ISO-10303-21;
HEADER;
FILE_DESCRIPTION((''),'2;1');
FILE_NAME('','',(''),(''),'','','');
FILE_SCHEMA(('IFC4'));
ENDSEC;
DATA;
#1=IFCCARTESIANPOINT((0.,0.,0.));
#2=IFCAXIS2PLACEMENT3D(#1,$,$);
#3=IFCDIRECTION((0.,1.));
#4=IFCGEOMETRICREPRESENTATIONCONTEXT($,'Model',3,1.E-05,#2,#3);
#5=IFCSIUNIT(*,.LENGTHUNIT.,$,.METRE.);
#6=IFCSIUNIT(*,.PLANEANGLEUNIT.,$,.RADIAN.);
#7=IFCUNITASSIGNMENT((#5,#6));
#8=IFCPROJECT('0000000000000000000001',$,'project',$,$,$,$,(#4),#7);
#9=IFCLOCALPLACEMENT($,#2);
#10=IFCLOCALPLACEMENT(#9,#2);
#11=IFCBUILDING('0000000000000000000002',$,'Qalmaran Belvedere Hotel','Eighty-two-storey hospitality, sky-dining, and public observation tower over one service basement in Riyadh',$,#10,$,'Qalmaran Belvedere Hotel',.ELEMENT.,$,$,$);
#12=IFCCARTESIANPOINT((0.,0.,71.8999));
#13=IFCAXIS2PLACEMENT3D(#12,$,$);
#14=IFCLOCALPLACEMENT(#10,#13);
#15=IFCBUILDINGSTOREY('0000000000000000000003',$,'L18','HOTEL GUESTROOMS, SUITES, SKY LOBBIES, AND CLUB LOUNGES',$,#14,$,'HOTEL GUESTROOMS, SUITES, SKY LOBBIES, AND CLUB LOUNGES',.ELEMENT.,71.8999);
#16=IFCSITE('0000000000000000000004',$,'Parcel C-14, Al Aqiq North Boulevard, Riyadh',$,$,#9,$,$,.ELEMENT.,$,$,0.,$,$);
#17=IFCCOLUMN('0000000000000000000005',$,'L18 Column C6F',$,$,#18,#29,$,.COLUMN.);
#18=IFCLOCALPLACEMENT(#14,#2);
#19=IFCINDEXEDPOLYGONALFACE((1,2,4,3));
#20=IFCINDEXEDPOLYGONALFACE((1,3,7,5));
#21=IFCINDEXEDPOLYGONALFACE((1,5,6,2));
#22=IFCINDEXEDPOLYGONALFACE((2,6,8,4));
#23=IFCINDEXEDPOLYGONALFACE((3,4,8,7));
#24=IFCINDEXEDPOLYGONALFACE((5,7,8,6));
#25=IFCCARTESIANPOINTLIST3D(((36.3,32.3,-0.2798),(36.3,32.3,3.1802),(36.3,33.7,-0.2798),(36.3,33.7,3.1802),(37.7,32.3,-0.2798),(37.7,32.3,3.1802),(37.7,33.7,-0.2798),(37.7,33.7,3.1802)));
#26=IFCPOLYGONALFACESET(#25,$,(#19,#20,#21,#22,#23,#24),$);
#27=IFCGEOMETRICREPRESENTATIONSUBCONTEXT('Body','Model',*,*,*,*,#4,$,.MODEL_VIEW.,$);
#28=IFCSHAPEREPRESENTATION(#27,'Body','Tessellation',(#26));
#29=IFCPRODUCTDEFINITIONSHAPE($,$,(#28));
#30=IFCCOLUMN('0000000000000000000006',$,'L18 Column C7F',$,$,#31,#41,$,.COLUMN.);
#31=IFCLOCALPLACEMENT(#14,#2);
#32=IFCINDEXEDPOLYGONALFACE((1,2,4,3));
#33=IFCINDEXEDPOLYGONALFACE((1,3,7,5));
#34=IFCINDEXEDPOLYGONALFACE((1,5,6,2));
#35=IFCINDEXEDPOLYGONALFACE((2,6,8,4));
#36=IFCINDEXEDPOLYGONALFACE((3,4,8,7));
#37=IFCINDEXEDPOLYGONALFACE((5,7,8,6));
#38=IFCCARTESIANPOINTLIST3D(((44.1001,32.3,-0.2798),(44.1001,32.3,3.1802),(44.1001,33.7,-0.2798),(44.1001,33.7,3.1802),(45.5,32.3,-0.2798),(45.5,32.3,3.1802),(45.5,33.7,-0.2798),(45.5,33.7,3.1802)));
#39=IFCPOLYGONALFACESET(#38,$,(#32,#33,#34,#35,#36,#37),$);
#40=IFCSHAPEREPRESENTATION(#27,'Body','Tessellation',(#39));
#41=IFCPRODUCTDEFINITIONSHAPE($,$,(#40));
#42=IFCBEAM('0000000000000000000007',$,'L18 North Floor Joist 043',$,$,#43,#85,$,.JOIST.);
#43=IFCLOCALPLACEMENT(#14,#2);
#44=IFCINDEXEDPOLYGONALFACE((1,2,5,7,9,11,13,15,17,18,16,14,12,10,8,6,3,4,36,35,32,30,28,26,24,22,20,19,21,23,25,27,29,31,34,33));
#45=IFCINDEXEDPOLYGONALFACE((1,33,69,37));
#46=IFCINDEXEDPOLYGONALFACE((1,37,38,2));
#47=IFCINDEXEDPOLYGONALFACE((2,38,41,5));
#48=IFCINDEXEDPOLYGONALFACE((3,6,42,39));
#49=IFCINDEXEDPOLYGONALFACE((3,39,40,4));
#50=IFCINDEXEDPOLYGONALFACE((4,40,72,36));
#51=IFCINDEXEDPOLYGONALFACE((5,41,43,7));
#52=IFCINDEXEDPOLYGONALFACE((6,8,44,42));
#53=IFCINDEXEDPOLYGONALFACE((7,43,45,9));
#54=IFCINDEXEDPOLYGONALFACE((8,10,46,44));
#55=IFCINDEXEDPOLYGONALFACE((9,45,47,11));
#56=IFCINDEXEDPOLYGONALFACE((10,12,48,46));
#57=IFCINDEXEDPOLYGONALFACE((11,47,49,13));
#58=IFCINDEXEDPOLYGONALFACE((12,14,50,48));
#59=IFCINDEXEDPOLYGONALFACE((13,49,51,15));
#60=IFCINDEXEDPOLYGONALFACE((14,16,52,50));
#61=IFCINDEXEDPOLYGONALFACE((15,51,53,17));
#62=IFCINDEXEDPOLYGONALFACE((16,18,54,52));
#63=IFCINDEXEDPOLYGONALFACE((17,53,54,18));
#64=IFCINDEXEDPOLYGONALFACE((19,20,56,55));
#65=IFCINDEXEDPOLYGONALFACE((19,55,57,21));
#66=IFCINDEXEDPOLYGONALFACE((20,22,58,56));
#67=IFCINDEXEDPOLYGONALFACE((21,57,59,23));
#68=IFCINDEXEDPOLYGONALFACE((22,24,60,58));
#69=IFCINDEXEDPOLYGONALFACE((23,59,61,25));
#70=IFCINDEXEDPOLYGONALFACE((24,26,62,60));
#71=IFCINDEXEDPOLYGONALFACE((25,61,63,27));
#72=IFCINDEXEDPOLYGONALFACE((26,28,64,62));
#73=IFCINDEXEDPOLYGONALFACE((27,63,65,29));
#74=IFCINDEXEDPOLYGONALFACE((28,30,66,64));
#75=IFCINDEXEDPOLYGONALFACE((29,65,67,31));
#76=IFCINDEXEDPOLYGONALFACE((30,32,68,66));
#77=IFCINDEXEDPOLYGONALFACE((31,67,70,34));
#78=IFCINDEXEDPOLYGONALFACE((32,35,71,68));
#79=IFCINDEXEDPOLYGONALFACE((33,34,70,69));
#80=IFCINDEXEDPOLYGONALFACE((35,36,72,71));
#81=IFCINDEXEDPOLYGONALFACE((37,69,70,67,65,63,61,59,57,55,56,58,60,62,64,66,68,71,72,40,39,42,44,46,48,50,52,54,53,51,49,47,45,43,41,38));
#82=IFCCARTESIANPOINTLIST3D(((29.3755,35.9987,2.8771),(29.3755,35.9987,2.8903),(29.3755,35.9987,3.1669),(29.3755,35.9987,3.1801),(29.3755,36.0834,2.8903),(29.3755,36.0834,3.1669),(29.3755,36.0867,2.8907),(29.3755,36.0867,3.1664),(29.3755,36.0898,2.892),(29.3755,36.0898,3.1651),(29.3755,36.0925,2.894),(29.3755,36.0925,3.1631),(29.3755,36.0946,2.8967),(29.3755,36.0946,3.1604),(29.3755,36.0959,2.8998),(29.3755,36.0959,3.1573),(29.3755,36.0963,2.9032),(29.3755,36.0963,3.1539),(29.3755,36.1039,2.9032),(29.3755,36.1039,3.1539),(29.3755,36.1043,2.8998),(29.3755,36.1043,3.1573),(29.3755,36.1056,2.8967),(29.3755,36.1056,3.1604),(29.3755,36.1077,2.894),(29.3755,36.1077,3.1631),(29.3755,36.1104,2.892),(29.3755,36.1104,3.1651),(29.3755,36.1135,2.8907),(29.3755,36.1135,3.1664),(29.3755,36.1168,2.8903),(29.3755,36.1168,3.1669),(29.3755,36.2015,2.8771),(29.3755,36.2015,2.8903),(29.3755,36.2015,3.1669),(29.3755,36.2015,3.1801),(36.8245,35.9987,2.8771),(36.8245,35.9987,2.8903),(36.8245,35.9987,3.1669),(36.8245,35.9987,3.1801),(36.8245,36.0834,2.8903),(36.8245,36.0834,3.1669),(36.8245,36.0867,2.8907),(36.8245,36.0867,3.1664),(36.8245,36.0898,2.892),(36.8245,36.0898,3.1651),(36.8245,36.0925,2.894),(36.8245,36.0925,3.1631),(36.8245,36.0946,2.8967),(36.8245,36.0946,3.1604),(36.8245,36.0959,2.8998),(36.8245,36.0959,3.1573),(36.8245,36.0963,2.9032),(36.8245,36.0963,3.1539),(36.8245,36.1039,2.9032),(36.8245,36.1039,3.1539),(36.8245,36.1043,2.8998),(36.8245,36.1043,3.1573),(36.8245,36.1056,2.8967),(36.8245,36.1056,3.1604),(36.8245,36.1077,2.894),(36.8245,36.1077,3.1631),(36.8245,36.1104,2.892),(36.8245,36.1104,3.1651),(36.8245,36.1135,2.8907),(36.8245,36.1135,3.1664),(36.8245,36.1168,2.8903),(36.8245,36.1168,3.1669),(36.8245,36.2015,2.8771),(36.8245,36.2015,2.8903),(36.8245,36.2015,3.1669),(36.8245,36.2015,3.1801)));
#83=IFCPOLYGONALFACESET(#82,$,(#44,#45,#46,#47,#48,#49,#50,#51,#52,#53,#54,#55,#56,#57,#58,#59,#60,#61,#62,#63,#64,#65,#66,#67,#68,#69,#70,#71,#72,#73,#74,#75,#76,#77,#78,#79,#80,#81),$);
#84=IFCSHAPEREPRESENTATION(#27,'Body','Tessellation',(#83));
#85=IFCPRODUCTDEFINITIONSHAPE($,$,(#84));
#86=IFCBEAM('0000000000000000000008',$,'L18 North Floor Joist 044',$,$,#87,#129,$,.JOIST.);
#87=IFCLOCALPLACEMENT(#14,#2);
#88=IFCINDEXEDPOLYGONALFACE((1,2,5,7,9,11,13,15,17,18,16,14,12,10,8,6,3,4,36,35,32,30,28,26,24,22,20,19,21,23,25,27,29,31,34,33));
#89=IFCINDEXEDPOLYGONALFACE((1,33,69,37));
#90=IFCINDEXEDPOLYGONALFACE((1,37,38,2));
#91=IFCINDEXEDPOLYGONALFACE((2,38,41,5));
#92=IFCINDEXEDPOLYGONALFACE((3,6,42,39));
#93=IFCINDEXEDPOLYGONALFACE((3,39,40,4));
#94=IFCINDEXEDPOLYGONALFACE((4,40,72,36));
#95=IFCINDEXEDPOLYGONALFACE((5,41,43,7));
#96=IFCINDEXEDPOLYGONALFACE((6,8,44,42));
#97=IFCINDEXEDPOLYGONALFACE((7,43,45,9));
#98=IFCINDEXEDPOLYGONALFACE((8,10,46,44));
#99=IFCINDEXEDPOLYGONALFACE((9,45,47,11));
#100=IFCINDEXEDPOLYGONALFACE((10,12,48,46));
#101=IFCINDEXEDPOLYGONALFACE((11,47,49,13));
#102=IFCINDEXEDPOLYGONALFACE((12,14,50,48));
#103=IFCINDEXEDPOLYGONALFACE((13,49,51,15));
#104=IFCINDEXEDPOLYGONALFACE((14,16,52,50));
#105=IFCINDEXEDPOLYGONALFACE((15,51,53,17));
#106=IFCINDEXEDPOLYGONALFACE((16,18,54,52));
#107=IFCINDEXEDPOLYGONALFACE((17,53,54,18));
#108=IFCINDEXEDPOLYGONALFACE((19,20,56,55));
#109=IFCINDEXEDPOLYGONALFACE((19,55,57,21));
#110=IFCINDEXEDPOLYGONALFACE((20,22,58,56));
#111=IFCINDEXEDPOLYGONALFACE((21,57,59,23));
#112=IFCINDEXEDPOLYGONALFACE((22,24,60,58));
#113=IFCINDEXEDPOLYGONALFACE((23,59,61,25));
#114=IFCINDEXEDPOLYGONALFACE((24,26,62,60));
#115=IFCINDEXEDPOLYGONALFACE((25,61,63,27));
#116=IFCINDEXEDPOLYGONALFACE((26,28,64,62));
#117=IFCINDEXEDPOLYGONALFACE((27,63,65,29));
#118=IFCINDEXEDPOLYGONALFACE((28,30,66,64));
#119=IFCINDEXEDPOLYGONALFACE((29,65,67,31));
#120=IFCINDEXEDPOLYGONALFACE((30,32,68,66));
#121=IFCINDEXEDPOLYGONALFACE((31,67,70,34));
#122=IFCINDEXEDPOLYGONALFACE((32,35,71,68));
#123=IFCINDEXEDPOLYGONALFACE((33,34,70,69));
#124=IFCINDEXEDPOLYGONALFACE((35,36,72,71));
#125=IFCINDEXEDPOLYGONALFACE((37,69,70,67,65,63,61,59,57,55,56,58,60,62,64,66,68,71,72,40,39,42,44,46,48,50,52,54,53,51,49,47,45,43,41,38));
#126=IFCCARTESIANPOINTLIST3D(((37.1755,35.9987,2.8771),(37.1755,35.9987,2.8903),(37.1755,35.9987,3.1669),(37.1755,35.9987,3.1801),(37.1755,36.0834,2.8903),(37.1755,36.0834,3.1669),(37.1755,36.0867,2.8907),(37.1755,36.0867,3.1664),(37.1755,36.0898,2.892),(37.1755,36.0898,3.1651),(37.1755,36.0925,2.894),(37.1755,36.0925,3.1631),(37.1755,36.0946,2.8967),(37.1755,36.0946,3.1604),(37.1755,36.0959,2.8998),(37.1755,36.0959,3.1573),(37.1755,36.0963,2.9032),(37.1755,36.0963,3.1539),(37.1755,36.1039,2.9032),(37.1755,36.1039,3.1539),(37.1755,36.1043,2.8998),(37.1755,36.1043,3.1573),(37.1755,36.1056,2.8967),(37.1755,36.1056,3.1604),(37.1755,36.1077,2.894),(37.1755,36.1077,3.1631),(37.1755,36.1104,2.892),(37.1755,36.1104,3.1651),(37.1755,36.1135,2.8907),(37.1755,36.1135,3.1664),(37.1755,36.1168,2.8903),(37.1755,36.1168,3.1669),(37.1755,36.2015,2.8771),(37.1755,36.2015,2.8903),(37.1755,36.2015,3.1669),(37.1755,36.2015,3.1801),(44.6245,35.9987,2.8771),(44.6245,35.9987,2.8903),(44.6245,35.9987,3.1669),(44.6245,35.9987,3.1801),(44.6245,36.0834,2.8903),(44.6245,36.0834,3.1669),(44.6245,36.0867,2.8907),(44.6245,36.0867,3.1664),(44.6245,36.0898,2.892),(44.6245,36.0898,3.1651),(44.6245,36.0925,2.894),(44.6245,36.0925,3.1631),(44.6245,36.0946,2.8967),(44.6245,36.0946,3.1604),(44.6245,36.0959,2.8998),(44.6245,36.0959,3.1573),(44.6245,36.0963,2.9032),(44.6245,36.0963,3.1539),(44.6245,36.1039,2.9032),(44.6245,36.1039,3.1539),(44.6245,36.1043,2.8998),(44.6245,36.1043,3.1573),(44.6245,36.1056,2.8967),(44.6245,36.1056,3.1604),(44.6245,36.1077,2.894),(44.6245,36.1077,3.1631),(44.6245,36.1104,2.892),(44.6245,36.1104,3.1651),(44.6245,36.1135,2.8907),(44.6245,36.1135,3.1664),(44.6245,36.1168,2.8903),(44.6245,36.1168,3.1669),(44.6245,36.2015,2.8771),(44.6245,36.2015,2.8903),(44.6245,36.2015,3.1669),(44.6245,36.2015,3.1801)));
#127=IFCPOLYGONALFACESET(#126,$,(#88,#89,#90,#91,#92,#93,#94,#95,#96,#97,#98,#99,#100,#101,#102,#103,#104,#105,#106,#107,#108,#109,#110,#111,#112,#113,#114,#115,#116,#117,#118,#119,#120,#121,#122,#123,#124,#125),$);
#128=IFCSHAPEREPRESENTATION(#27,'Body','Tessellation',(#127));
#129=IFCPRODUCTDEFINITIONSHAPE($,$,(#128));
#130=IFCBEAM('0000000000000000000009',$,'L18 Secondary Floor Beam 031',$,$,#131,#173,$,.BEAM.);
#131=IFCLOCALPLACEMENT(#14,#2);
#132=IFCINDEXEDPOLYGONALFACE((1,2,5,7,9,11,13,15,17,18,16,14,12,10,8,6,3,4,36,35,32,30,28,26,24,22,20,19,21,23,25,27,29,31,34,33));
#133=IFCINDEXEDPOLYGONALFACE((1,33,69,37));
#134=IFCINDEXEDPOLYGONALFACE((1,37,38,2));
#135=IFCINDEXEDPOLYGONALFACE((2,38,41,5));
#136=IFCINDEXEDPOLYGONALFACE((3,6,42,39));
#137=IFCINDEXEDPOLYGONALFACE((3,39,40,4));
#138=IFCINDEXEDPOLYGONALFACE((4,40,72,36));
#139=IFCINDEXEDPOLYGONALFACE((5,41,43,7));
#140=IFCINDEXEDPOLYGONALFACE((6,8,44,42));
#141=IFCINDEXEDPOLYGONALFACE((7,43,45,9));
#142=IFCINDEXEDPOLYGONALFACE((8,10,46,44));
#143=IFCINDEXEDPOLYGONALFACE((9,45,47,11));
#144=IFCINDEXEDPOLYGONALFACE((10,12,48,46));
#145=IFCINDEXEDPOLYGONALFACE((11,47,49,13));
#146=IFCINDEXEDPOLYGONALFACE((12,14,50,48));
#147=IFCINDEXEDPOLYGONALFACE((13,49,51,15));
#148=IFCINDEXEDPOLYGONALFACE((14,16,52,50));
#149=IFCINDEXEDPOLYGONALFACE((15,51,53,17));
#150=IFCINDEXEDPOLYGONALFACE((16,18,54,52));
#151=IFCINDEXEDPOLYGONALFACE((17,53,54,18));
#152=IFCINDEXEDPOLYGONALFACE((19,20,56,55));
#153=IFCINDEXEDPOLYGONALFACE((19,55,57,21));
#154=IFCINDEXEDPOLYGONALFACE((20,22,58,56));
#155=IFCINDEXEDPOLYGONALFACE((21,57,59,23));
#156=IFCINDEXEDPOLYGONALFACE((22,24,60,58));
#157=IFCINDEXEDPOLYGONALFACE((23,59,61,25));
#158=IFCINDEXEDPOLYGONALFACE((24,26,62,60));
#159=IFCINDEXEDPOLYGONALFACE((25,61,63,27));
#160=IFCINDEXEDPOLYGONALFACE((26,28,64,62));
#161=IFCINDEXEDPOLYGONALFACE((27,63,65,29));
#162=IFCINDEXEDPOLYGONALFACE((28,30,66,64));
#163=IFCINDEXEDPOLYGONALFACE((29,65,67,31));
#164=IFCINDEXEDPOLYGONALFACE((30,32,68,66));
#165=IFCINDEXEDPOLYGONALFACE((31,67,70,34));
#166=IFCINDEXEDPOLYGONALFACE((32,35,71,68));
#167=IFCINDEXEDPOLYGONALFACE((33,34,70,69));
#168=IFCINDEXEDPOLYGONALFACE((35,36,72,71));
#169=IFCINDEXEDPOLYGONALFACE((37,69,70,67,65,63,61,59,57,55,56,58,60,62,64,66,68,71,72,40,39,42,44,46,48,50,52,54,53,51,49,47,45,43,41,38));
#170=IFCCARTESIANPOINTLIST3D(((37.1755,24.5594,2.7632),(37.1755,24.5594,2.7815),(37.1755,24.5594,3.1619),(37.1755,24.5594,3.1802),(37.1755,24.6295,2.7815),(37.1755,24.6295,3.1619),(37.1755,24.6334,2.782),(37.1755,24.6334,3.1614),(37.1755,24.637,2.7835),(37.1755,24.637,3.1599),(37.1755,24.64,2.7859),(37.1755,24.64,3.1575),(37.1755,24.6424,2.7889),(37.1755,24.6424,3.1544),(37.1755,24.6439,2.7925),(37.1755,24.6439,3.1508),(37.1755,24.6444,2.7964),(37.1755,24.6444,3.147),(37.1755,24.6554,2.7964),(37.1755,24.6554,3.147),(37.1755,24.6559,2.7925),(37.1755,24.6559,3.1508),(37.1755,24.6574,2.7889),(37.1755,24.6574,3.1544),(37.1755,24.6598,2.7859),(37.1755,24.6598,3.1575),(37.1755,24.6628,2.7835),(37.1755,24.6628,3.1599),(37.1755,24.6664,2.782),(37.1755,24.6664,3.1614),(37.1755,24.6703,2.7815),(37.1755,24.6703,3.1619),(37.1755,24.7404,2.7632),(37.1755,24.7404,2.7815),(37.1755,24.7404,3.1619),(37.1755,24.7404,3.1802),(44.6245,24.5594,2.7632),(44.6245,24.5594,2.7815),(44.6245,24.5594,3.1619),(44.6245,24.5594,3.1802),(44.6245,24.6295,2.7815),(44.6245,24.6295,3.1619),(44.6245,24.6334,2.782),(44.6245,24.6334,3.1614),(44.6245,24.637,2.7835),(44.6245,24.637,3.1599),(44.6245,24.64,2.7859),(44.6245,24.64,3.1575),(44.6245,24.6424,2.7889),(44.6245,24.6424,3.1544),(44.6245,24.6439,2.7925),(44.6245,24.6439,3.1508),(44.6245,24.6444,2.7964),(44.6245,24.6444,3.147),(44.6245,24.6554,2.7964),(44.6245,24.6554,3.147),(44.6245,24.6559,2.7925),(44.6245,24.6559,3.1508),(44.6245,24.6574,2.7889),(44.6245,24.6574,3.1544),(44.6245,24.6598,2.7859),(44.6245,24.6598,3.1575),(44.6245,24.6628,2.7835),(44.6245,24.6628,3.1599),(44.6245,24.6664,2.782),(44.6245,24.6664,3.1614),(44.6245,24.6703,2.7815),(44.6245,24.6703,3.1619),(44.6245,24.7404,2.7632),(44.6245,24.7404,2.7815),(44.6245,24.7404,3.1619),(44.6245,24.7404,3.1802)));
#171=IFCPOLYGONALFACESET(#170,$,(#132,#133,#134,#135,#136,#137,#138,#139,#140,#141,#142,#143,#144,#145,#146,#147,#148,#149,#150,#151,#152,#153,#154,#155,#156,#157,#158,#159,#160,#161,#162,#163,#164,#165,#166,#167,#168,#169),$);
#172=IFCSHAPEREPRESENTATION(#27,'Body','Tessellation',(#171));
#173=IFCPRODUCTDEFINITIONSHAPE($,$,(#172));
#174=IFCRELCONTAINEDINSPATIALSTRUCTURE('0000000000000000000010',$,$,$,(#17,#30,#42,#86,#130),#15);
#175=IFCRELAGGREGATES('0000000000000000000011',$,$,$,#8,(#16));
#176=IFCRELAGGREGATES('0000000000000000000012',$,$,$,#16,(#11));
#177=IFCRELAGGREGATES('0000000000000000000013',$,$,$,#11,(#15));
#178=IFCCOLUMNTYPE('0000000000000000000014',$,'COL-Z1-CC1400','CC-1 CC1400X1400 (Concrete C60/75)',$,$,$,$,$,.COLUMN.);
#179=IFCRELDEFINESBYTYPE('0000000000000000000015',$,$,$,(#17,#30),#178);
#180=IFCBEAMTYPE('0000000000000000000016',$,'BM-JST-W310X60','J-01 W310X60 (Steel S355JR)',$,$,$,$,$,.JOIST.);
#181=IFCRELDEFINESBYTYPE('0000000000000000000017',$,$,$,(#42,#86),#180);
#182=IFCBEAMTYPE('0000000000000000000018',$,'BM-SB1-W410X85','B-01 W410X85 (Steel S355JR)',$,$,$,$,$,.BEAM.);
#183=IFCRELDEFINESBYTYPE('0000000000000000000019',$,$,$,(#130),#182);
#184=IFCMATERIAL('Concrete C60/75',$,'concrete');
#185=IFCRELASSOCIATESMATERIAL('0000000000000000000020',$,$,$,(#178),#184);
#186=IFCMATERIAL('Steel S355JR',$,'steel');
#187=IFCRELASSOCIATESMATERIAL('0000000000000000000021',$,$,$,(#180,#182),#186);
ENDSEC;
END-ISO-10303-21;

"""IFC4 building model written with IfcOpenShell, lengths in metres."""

from ifc_helpers import new_model, si_unit, direction, frame, origin, origin_2d, place, context, subcontext, project, spatial, rectangle, i_section, extrude, material, material_profile, profile_set, type_object, element, save


model = new_model("IFC4")

# Units and contexts
model_context = context("Model", 3, precision=1e-05, world=origin(), true_north=direction((0.0, 1.0)))
body_context = subcontext(model_context, "Body", "Model", "MODEL_VIEW")
ifc_project = project(units=[si_unit("LENGTHUNIT", "METRE"), si_unit("PLANEANGLEUNIT", "RADIAN")], contexts=[model_context])

# Site, building, storey
site_placement = place(None, origin())
site = spatial("IfcSite", under=ifc_project, at=site_placement, Name="Parcel C-14, Al Aqiq North Boulevard, Riyadh", CompositionType="ELEMENT", RefElevation=0.0)
building_placement = place(site_placement, origin())
building = spatial("IfcBuilding", under=site, at=building_placement, Name="Qalmaran Belvedere Hotel", Description="Eighty-two-storey hospitality, sky-dining, and public observation tower over one service basement in Riyadh", LongName="Qalmaran Belvedere Hotel", CompositionType="ELEMENT")
storey_placement = place(building_placement, frame((0.0, 0.0, 71.8999)))
storey = spatial("IfcBuildingStorey", under=building, at=storey_placement, Name="L18", Description="HOTEL GUESTROOMS, SUITES, SKY LOBBIES, AND CLUB LOUNGES", LongName="HOTEL GUESTROOMS, SUITES, SKY LOBBIES, AND CLUB LOUNGES", CompositionType="ELEMENT", Elevation=71.8999)

# Columns
ifc_material_1 = material(Name="Concrete C60/75", Category="concrete")
ifc_material_profile_1 = material_profile(ifc_material_1, rectangle(XDim=1.3999, YDim=1.3999, at=origin_2d()), Name="CC1400X1400")
ifc_profile_set_1 = profile_set([ifc_material_profile_1], Name="Concrete C60/75")
column_type = type_object("IfcColumnType", Name="COL-Z1-CC1400", Description="CC-1 CC1400X1400 (Concrete C60/75)", PredefinedType="COLUMN", material=ifc_profile_set_1)
for number, where, z_axis, x_axis, name in (
    (1, (37.0, 33.0, -0.2798), (0.0, 0.0, 1.0), (1.0, 0.0, 0.0), "L18 Column C6F"),
    (2, (44.8, 33.0, -0.2798), (0.0, 0.0, 1.0), (1.0, 0.0, 0.0), "L18 Column C7F"),
):
    element("IfcColumn", number, at=place(storey_placement, frame(where, z_axis=z_axis, x_axis=x_axis)), inside=storey, type_object=column_type, Name=name, PredefinedType="COLUMN", context=body_context, shape_type="SweptSolid", body=[
        extrude(rectangle(XDim=1.3999, YDim=1.3999, at=origin_2d()), origin(), (0.0, 0.0, 1.0), 3.46),
    ])

# Beams
ifc_material_2 = material(Name="Steel S355JR", Category="steel")
ifc_material_profile_2 = material_profile(ifc_material_2, i_section(OverallWidth=0.2029, OverallDepth=0.303, WebThickness=0.0076, FlangeThickness=0.0132, FilletRadius=0.0129, at=origin_2d()), Name="W310X60")
ifc_profile_set_2 = profile_set([ifc_material_profile_2], Name="Steel S355JR")
beam_type_1 = type_object("IfcBeamType", Name="BM-JST-W310X60", Description="J-01 W310X60 (Steel S355JR)", PredefinedType="JOIST", material=ifc_profile_set_2)
for number, where, z_axis, x_axis, name in (
    (3, (29.3755, 36.1001, 3.0286), (1.0, 0.0, 0.0), (0.0, 1.0, 0.0), "L18 North Floor Joist 043"),
    (4, (37.1755, 36.1001, 3.0286), (1.0, 0.0, 0.0), (0.0, 1.0, 0.0), "L18 North Floor Joist 044"),
):
    element("IfcBeam", number, at=place(storey_placement, frame(where, z_axis=z_axis, x_axis=x_axis)), inside=storey, type_object=beam_type_1, Name=name, PredefinedType="JOIST", context=body_context, shape_type="SweptSolid", body=[
        extrude(i_section(OverallWidth=0.2029, OverallDepth=0.303, WebThickness=0.0076, FlangeThickness=0.0132, FilletRadius=0.0129, at=origin_2d()), origin(), (0.0, 0.0, 1.0), 7.449),
    ])
ifc_material_profile_3 = material_profile(ifc_material_2, i_section(OverallWidth=0.1809, OverallDepth=0.417, WebThickness=0.011, FlangeThickness=0.0183, FilletRadius=0.0149, at=origin_2d()), Name="W410X85")
ifc_profile_set_3 = profile_set([ifc_material_profile_3], Name="Steel S355JR")
beam_type_2 = type_object("IfcBeamType", Name="BM-SB1-W410X85", Description="B-01 W410X85 (Steel S355JR)", PredefinedType="BEAM", material=ifc_profile_set_3)
beam_1_placement = place(storey_placement, frame((37.1755, 24.6499, 2.9717), z_axis=(1.0, 0.0, 0.0), x_axis=(0.0, 1.0, 0.0)))
element("IfcBeam", 5, at=beam_1_placement, inside=storey, type_object=beam_type_2, Name="L18 Secondary Floor Beam 031", PredefinedType="BEAM", context=body_context, shape_type="SweptSolid", body=[
    extrude(i_section(OverallWidth=0.1809, OverallDepth=0.417, WebThickness=0.011, FlangeThickness=0.0183, FilletRadius=0.0149, at=origin_2d()), origin(), (0.0, 0.0, 1.0), 7.449),
])

save(model, "model.ifc")
